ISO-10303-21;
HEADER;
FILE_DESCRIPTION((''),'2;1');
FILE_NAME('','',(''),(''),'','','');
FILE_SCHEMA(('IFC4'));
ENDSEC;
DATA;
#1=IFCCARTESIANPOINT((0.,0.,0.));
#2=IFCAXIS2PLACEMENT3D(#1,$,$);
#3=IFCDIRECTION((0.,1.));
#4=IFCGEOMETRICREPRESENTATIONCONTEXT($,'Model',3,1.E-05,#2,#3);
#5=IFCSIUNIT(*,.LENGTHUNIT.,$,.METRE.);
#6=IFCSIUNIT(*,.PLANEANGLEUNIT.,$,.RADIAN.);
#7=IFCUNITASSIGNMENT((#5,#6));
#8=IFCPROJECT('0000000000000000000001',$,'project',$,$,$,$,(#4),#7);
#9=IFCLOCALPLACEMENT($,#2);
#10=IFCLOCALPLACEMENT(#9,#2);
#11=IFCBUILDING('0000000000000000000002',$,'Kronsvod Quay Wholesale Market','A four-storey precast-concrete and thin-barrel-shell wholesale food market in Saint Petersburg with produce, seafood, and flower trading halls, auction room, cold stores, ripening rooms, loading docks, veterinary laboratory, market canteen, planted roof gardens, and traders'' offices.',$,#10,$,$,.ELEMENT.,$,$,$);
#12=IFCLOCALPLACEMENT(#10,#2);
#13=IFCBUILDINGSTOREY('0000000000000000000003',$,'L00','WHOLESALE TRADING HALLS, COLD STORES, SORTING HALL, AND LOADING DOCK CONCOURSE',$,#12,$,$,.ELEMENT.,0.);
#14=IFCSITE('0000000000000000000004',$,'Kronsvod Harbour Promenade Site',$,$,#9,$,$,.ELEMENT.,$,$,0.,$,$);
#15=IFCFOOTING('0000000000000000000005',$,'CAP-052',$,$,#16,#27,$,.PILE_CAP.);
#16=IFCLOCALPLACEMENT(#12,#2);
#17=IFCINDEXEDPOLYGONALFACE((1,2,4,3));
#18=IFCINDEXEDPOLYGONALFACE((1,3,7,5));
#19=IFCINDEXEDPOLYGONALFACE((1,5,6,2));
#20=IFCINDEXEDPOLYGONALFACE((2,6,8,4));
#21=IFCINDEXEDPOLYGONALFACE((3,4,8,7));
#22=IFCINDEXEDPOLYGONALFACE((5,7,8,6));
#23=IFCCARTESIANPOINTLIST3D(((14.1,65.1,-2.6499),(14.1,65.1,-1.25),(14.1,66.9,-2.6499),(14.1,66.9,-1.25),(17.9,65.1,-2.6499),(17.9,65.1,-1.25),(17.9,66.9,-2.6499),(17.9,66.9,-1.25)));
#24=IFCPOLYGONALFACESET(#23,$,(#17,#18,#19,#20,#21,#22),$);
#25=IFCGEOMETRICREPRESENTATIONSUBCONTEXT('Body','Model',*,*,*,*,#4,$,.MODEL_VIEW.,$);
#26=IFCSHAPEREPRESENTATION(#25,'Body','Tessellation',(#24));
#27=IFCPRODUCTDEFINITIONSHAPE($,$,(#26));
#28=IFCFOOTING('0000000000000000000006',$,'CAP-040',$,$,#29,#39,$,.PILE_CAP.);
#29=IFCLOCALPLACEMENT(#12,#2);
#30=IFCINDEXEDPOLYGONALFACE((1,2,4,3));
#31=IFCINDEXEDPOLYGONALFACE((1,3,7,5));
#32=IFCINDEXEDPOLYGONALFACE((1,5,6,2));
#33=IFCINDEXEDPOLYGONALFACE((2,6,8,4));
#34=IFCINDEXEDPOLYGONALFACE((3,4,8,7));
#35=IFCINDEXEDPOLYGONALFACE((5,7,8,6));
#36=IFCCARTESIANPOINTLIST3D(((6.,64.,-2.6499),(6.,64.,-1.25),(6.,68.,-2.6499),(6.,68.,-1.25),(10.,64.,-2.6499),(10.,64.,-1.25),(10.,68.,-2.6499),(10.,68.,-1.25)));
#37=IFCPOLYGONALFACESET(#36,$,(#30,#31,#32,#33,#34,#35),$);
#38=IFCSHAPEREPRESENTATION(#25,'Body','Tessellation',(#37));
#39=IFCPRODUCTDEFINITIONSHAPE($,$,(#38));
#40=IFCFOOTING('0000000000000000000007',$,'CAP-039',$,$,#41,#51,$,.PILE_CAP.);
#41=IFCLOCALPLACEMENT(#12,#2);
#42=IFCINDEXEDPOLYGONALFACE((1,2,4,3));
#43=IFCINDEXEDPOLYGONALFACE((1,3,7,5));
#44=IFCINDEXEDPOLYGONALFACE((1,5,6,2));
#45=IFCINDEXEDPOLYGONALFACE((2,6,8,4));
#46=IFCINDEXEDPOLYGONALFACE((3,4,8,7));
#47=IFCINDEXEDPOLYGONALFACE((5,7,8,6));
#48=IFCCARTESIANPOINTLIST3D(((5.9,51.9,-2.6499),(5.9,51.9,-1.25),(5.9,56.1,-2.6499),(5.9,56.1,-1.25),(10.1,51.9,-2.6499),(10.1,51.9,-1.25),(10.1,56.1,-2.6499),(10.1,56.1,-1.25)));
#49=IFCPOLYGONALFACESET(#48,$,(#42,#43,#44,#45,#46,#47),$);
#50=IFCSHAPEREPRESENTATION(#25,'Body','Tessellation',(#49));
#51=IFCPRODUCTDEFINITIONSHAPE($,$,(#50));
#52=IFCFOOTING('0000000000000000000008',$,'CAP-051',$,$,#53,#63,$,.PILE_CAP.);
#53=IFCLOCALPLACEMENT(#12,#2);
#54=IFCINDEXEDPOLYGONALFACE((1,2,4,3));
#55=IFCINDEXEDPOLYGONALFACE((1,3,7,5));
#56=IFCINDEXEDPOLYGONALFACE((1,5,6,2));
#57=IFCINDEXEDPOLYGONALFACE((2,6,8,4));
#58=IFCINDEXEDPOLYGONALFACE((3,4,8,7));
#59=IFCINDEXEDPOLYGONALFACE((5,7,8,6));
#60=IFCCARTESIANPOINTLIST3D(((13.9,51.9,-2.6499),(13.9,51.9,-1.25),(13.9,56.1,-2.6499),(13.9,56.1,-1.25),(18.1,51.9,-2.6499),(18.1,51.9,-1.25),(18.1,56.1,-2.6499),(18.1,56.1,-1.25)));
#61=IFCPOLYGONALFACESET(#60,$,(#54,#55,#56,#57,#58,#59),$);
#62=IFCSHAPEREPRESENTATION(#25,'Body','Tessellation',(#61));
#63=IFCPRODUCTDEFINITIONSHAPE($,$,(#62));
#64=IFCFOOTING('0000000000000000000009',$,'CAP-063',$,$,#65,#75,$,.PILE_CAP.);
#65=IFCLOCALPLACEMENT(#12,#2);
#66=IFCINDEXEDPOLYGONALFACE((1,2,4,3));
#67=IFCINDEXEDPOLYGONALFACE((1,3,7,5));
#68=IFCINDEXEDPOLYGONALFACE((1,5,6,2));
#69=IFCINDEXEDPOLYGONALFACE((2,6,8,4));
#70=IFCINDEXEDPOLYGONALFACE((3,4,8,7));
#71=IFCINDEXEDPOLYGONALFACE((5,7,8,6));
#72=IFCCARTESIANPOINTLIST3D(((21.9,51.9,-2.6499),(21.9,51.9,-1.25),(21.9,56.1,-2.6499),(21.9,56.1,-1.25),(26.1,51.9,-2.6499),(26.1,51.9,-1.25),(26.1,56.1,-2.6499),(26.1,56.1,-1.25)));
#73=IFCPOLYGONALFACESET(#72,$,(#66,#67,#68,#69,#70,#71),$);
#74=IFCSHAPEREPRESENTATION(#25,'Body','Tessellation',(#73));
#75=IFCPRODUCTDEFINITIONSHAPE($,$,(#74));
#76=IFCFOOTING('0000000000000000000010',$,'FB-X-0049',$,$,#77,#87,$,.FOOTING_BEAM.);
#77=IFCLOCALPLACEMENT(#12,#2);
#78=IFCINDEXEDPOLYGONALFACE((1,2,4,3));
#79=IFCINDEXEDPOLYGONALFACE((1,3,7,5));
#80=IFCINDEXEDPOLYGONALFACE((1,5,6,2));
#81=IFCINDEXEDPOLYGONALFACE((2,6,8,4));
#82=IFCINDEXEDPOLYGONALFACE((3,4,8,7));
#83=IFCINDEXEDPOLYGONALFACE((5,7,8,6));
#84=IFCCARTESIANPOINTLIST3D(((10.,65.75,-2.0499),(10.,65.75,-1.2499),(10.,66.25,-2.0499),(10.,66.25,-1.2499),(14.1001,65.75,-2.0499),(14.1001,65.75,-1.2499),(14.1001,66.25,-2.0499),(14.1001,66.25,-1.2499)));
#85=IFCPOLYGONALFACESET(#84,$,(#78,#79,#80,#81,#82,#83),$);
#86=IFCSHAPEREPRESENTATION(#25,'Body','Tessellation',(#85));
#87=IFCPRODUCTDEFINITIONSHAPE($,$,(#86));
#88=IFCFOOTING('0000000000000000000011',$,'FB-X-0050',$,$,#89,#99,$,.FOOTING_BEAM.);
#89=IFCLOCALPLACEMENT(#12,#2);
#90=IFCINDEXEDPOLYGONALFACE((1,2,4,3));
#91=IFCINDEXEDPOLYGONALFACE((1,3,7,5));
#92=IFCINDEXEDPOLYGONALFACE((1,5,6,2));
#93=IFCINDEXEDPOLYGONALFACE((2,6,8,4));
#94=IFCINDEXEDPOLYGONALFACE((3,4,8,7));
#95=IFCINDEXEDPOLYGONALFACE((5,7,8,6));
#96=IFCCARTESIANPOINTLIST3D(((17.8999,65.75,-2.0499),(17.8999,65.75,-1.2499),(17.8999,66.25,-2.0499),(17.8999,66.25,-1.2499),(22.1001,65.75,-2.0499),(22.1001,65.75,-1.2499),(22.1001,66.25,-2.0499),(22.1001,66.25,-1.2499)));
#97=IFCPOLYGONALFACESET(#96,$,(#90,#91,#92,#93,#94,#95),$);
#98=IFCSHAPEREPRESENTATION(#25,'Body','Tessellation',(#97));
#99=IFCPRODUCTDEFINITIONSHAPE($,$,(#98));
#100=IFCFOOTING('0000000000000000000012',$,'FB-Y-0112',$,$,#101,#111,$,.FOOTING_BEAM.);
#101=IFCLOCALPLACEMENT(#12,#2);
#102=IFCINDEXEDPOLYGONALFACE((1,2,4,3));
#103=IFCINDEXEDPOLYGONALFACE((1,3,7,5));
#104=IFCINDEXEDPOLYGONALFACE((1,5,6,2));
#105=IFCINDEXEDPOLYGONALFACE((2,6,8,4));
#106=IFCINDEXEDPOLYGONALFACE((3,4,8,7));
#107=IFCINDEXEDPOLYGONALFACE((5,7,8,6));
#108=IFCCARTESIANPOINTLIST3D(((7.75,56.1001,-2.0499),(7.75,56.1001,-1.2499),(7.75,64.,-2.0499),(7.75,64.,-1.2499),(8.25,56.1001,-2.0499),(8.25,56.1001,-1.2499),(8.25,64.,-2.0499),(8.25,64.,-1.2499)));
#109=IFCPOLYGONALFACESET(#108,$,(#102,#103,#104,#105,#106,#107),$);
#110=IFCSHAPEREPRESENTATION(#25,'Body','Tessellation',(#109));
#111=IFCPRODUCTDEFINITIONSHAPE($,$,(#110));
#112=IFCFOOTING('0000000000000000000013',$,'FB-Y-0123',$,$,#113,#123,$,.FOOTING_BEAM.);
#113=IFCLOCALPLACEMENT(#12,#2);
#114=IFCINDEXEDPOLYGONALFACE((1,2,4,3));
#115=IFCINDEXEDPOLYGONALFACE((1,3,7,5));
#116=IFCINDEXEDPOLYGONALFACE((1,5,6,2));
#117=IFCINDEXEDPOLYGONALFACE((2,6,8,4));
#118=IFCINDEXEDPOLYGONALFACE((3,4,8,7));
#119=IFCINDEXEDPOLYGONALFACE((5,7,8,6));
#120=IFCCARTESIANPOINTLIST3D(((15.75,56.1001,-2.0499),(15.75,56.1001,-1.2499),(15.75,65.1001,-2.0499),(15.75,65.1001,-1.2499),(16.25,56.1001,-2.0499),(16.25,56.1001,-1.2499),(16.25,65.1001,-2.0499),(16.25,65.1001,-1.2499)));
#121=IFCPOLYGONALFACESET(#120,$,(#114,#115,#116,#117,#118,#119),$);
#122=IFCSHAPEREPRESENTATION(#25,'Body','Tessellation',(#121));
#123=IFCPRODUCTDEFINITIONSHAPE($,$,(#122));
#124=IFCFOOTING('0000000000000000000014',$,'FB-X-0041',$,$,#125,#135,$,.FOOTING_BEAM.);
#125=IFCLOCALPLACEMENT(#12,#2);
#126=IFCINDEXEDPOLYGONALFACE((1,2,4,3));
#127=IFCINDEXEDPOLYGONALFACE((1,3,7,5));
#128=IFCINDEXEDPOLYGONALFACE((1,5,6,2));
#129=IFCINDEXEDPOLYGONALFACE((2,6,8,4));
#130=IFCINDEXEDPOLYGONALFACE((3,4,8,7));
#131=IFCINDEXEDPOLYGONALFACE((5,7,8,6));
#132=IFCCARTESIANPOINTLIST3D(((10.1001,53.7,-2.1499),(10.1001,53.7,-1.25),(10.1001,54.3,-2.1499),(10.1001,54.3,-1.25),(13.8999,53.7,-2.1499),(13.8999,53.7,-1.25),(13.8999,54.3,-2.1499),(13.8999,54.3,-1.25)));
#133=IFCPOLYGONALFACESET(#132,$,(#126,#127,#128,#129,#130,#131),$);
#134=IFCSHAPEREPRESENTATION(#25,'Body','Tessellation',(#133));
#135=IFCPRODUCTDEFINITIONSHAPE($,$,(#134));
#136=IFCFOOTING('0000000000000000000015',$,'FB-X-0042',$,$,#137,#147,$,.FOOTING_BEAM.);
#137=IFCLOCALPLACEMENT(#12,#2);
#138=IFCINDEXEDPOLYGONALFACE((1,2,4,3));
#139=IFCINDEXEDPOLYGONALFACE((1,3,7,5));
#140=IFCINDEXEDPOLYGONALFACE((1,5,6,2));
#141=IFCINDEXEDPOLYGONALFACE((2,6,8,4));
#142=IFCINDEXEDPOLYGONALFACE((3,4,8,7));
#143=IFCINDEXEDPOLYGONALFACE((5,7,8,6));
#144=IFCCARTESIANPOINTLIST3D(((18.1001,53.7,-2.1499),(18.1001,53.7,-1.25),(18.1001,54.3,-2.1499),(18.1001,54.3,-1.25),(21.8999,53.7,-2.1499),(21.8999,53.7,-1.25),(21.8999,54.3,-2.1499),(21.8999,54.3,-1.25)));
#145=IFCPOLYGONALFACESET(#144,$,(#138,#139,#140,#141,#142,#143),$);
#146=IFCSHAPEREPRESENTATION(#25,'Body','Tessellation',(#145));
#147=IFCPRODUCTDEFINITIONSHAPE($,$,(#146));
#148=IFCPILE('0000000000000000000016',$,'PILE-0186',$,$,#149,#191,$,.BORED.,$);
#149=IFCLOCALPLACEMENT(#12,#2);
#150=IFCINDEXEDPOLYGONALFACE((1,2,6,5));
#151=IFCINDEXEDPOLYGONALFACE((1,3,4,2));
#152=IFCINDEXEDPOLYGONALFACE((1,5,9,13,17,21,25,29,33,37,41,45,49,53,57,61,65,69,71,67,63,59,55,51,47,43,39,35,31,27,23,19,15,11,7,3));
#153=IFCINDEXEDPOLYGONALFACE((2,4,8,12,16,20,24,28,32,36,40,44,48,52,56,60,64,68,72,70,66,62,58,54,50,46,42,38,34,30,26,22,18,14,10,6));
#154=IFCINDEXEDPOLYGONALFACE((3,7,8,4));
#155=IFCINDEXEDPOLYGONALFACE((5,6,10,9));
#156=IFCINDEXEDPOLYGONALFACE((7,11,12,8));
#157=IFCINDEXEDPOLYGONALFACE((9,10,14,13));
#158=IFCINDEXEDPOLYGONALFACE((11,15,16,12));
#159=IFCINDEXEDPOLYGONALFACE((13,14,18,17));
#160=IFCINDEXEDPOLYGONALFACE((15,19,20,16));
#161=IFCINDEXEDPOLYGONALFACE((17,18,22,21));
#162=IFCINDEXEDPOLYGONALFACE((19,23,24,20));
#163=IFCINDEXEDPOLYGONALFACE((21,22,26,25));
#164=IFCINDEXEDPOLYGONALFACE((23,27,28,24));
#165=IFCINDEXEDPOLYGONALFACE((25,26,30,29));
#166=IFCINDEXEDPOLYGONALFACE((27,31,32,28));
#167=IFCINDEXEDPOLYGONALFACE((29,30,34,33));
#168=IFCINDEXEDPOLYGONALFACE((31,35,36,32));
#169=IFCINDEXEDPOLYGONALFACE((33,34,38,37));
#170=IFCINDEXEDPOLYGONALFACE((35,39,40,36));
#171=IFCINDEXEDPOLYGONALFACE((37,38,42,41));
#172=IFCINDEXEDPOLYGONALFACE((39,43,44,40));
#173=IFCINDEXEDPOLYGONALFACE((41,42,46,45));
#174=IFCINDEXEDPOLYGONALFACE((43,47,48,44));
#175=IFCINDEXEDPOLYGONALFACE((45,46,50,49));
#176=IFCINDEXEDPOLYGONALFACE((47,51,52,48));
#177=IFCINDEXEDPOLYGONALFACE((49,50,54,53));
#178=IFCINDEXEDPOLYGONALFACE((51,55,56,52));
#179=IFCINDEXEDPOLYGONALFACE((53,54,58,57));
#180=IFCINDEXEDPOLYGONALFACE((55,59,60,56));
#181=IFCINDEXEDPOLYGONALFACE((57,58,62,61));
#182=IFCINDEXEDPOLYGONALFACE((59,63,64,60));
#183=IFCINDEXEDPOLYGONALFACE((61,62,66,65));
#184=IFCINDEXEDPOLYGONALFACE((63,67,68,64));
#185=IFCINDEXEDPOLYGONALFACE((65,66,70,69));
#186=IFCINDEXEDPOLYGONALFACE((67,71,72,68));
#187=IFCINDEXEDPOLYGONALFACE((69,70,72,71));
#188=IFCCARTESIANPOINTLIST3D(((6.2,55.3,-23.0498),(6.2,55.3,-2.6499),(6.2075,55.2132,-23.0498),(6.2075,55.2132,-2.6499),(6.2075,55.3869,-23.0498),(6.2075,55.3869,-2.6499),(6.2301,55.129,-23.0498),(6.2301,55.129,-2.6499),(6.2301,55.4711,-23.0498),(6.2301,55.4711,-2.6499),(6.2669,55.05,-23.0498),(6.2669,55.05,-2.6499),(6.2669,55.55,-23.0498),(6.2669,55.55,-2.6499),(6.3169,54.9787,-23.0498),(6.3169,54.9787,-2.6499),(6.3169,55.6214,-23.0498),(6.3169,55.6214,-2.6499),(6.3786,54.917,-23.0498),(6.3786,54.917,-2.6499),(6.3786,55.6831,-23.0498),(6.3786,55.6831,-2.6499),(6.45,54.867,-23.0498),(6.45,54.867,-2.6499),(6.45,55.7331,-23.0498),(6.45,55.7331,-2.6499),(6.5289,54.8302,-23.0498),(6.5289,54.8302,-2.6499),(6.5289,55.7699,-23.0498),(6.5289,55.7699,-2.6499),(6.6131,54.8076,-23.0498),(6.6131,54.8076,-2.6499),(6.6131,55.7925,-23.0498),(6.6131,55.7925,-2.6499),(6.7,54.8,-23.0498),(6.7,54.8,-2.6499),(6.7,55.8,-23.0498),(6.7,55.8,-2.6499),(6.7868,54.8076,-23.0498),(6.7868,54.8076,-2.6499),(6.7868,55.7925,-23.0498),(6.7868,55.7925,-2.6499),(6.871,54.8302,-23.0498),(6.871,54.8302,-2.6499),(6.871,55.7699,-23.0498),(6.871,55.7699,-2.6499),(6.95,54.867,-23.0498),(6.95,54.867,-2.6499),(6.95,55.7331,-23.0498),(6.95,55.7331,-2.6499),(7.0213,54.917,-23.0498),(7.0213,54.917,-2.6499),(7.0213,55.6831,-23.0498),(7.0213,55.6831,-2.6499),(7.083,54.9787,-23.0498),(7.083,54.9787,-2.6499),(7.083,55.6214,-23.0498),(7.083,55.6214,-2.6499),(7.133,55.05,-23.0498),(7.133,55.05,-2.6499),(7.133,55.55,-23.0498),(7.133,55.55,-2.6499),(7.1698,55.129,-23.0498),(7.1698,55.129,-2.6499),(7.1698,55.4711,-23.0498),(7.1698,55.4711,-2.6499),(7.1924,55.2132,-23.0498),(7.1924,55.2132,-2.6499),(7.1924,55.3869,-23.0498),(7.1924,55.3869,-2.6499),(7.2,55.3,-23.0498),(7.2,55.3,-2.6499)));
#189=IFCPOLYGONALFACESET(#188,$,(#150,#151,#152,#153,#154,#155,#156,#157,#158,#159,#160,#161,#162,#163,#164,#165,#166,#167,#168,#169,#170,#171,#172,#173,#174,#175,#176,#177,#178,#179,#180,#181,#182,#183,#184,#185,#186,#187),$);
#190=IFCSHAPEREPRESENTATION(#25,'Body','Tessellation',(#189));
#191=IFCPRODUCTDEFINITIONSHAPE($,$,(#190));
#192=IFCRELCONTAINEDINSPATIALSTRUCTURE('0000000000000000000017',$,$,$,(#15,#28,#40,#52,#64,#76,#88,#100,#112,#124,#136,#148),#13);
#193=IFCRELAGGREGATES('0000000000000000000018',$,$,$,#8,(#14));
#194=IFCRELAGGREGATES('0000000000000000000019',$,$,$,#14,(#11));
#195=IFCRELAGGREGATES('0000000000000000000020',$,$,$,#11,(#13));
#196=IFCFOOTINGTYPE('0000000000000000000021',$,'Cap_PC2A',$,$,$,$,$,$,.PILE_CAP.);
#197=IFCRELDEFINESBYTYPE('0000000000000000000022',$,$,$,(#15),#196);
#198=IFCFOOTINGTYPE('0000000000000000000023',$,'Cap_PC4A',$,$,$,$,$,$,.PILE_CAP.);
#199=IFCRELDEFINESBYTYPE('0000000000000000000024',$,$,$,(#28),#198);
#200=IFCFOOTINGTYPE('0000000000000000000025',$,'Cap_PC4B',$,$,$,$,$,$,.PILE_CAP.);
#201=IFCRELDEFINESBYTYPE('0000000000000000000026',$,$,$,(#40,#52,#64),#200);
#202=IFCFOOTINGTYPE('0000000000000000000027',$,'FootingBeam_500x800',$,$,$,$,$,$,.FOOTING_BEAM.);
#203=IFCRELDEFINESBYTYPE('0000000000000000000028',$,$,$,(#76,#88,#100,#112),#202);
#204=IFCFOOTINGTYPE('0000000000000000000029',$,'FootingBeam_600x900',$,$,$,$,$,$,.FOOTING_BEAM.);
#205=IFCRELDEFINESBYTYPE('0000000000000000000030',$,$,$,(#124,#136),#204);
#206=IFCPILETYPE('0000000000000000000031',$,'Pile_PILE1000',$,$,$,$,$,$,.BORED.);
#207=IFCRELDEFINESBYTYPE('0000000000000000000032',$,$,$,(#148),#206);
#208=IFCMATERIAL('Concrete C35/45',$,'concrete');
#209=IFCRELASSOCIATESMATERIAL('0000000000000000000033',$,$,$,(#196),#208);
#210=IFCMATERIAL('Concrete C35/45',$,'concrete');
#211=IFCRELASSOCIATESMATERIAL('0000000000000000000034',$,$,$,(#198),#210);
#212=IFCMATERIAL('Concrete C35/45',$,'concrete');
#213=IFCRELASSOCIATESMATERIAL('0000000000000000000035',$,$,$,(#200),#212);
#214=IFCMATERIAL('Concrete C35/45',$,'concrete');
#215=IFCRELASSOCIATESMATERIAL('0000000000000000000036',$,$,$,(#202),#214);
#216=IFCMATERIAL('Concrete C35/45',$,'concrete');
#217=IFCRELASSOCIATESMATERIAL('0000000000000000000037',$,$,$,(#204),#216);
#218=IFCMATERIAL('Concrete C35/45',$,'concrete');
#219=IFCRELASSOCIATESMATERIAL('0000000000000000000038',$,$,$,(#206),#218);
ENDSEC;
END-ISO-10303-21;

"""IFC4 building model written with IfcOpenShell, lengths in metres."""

from ifc_helpers import new_model, si_unit, direction, frame, origin, origin_2d, place, context, subcontext, project, spatial, rectangle, circle, extrude, material, material_profile, profile_set, type_object, element, save


model = new_model("IFC4")

# Units and contexts
model_context = context("Model", 3, precision=1e-05, world=origin(), true_north=direction((0.0, 1.0)))
body_context = subcontext(model_context, "Body", "Model", "MODEL_VIEW")
ifc_project = project(units=[si_unit("LENGTHUNIT", "METRE"), si_unit("PLANEANGLEUNIT", "RADIAN")], contexts=[model_context])

# Site, building, storey
site_placement = place(None, origin())
site = spatial("IfcSite", under=ifc_project, at=site_placement, Name="Kronsvod Harbour Promenade Site", CompositionType="ELEMENT", RefElevation=0.0)
building_placement = place(site_placement, origin())
building = spatial("IfcBuilding", under=site, at=building_placement, Name="Kronsvod Quay Wholesale Market", Description="A four-storey precast-concrete and thin-barrel-shell wholesale food market in Saint Petersburg with produce, seafood, and flower trading halls, auction room, cold stores, ripening rooms, loading docks, veterinary laboratory, market canteen, planted roof gardens, and traders' offices.", CompositionType="ELEMENT")
storey_placement = place(building_placement, origin())
storey = spatial("IfcBuildingStorey", under=building, at=storey_placement, Name="L00", Description="WHOLESALE TRADING HALLS, COLD STORES, SORTING HALL, AND LOADING DOCK CONCOURSE", CompositionType="ELEMENT", Elevation=0.0)

# Footings
ifc_material_1 = material(Name="Concrete C35/45", Category="concrete")
footing_type_1 = type_object("IfcFootingType", Name="Cap_PC2A", PredefinedType="PILE_CAP", material=ifc_material_1)
footing_1_placement = place(storey_placement, frame((16.0, 66.0, -2.6499), z_axis=(0.0, 0.0, 1.0), x_axis=(1.0, 0.0, 0.0)))
element("IfcFooting", 1, at=footing_1_placement, inside=storey, type_object=footing_type_1, Name="CAP-052", PredefinedType="PILE_CAP", context=body_context, shape_type="SweptSolid", body=[
    extrude(rectangle(XDim=3.8, YDim=1.8, at=origin_2d()), origin(), (0.0, 0.0, 1.0), 1.3999),
])
ifc_material_2 = material(Name="Concrete C35/45", Category="concrete")
footing_type_2 = type_object("IfcFootingType", Name="Cap_PC4A", PredefinedType="PILE_CAP", material=ifc_material_2)
footing_2_placement = place(storey_placement, frame((8.0, 66.0, -2.6499), z_axis=(0.0, 0.0, 1.0), x_axis=(1.0, 0.0, 0.0)))
element("IfcFooting", 2, at=footing_2_placement, inside=storey, type_object=footing_type_2, Name="CAP-040", PredefinedType="PILE_CAP", context=body_context, shape_type="SweptSolid", body=[
    extrude(rectangle(XDim=4.0, YDim=4.0, at=origin_2d()), origin(), (0.0, 0.0, 1.0), 1.3999),
])
ifc_material_3 = material(Name="Concrete C35/45", Category="concrete")
footing_type_3 = type_object("IfcFootingType", Name="Cap_PC4B", PredefinedType="PILE_CAP", material=ifc_material_3)
for number, where, z_axis, x_axis, name in (
    (3, (8.0, 54.0, -2.6499), (0.0, 0.0, 1.0), (1.0, 0.0, 0.0), "CAP-039"),
    (4, (16.0, 54.0, -2.6499), (0.0, 0.0, 1.0), (1.0, 0.0, 0.0), "CAP-051"),
    (5, (24.0, 54.0, -2.6499), (0.0, 0.0, 1.0), (1.0, 0.0, 0.0), "CAP-063"),
):
    element("IfcFooting", number, at=place(storey_placement, frame(where, z_axis=z_axis, x_axis=x_axis)), inside=storey, type_object=footing_type_3, Name=name, PredefinedType="PILE_CAP", context=body_context, shape_type="SweptSolid", body=[
        extrude(rectangle(XDim=4.2, YDim=4.2, at=origin_2d()), origin(), (0.0, 0.0, 1.0), 1.3999),
    ])
ifc_material_4 = material(Name="Concrete C35/45", Category="concrete")
ifc_material_profile_1 = material_profile(ifc_material_4, rectangle(XDim=0.5, YDim=0.8, at=origin_2d()), Name="FB-01")
ifc_profile_set_1 = profile_set([ifc_material_profile_1], Name="Concrete C35/45")
footing_type_4 = type_object("IfcFootingType", Name="FootingBeam_500x800", PredefinedType="FOOTING_BEAM", material=ifc_profile_set_1)
footing_3_placement = place(storey_placement, frame((10.0, 66.0, -1.6499), z_axis=(1.0, 0.0, 0.0), x_axis=(0.0, 1.0, 0.0)))
element("IfcFooting", 6, at=footing_3_placement, inside=storey, type_object=footing_type_4, Name="FB-X-0049", PredefinedType="FOOTING_BEAM", context=body_context, shape_type="SweptSolid", body=[
    extrude(rectangle(XDim=0.5, YDim=0.8, at=origin_2d()), origin(), (0.0, 0.0, 1.0), 4.1001),
])
footing_4_placement = place(storey_placement, frame((17.8999, 66.0, -1.6499), z_axis=(1.0, 0.0, 0.0), x_axis=(0.0, 1.0, 0.0)))
element("IfcFooting", 7, at=footing_4_placement, inside=storey, type_object=footing_type_4, Name="FB-X-0050", PredefinedType="FOOTING_BEAM", context=body_context, shape_type="SweptSolid", body=[
    extrude(rectangle(XDim=0.5, YDim=0.8, at=origin_2d()), origin(), (0.0, 0.0, 1.0), 4.2002),
])
footing_5_placement = place(storey_placement, frame((8.0, 56.1001, -1.6499), z_axis=(0.0, 1.0, 0.0), x_axis=(-1.0, 0.0, 0.0)))
element("IfcFooting", 8, at=footing_5_placement, inside=storey, type_object=footing_type_4, Name="FB-Y-0112", PredefinedType="FOOTING_BEAM", context=body_context, shape_type="SweptSolid", body=[
    extrude(rectangle(XDim=0.5, YDim=0.8, at=origin_2d()), origin(), (0.0, 0.0, 1.0), 7.8999),
])
footing_6_placement = place(storey_placement, frame((16.0, 56.1001, -1.6499), z_axis=(0.0, 1.0, 0.0), x_axis=(-1.0, 0.0, 0.0)))
element("IfcFooting", 9, at=footing_6_placement, inside=storey, type_object=footing_type_4, Name="FB-Y-0123", PredefinedType="FOOTING_BEAM", context=body_context, shape_type="SweptSolid", body=[
    extrude(rectangle(XDim=0.5, YDim=0.8, at=origin_2d()), origin(), (0.0, 0.0, 1.0), 9.0),
])
ifc_material_5 = material(Name="Concrete C35/45", Category="concrete")
ifc_material_profile_2 = material_profile(ifc_material_5, rectangle(XDim=0.6001, YDim=0.8999, at=origin_2d()), Name="FB-02")
ifc_profile_set_2 = profile_set([ifc_material_profile_2], Name="Concrete C35/45")
footing_type_5 = type_object("IfcFootingType", Name="FootingBeam_600x900", PredefinedType="FOOTING_BEAM", material=ifc_profile_set_2)
for number, where, z_axis, x_axis, name in (
    (10, (10.1001, 54.0, -1.7), (1.0, 0.0, 0.0), (0.0, 1.0, 0.0), "FB-X-0041"),
    (11, (18.1001, 54.0, -1.7), (1.0, 0.0, 0.0), (0.0, 1.0, 0.0), "FB-X-0042"),
):
    element("IfcFooting", number, at=place(storey_placement, frame(where, z_axis=z_axis, x_axis=x_axis)), inside=storey, type_object=footing_type_5, Name=name, PredefinedType="FOOTING_BEAM", context=body_context, shape_type="SweptSolid", body=[
        extrude(rectangle(XDim=0.6001, YDim=0.8999, at=origin_2d()), origin(), (0.0, 0.0, 1.0), 3.7998),
    ])

# Pile
ifc_material_6 = material(Name="Concrete C35/45", Category="concrete")
ifc_material_profile_3 = material_profile(ifc_material_6, circle(Radius=0.5, at=origin_2d()), Name="PILE1000")
ifc_profile_set_3 = profile_set([ifc_material_profile_3], Name="Concrete C35/45")
pile_type_1 = type_object("IfcPileType", Name="Pile_PILE1000", PredefinedType="BORED", material=ifc_profile_set_3)
for number, where, z_axis, x_axis, name in (
    (12, (6.7, 55.3, -2.6499), (0.0, 0.0, -1.0), (1.0, 0.0, 0.0), "PILE-0186"),
):
    element("IfcPile", number, at=place(storey_placement, frame(where, z_axis=z_axis, x_axis=x_axis)), inside=storey, type_object=pile_type_1, Name=name, PredefinedType="BORED", context=body_context, shape_type="SweptSolid", body=[
        extrude(circle(Radius=0.5, at=origin_2d()), origin(), (0.0, 0.0, 1.0), 20.3999),
    ])

save(model, "model.ifc")
